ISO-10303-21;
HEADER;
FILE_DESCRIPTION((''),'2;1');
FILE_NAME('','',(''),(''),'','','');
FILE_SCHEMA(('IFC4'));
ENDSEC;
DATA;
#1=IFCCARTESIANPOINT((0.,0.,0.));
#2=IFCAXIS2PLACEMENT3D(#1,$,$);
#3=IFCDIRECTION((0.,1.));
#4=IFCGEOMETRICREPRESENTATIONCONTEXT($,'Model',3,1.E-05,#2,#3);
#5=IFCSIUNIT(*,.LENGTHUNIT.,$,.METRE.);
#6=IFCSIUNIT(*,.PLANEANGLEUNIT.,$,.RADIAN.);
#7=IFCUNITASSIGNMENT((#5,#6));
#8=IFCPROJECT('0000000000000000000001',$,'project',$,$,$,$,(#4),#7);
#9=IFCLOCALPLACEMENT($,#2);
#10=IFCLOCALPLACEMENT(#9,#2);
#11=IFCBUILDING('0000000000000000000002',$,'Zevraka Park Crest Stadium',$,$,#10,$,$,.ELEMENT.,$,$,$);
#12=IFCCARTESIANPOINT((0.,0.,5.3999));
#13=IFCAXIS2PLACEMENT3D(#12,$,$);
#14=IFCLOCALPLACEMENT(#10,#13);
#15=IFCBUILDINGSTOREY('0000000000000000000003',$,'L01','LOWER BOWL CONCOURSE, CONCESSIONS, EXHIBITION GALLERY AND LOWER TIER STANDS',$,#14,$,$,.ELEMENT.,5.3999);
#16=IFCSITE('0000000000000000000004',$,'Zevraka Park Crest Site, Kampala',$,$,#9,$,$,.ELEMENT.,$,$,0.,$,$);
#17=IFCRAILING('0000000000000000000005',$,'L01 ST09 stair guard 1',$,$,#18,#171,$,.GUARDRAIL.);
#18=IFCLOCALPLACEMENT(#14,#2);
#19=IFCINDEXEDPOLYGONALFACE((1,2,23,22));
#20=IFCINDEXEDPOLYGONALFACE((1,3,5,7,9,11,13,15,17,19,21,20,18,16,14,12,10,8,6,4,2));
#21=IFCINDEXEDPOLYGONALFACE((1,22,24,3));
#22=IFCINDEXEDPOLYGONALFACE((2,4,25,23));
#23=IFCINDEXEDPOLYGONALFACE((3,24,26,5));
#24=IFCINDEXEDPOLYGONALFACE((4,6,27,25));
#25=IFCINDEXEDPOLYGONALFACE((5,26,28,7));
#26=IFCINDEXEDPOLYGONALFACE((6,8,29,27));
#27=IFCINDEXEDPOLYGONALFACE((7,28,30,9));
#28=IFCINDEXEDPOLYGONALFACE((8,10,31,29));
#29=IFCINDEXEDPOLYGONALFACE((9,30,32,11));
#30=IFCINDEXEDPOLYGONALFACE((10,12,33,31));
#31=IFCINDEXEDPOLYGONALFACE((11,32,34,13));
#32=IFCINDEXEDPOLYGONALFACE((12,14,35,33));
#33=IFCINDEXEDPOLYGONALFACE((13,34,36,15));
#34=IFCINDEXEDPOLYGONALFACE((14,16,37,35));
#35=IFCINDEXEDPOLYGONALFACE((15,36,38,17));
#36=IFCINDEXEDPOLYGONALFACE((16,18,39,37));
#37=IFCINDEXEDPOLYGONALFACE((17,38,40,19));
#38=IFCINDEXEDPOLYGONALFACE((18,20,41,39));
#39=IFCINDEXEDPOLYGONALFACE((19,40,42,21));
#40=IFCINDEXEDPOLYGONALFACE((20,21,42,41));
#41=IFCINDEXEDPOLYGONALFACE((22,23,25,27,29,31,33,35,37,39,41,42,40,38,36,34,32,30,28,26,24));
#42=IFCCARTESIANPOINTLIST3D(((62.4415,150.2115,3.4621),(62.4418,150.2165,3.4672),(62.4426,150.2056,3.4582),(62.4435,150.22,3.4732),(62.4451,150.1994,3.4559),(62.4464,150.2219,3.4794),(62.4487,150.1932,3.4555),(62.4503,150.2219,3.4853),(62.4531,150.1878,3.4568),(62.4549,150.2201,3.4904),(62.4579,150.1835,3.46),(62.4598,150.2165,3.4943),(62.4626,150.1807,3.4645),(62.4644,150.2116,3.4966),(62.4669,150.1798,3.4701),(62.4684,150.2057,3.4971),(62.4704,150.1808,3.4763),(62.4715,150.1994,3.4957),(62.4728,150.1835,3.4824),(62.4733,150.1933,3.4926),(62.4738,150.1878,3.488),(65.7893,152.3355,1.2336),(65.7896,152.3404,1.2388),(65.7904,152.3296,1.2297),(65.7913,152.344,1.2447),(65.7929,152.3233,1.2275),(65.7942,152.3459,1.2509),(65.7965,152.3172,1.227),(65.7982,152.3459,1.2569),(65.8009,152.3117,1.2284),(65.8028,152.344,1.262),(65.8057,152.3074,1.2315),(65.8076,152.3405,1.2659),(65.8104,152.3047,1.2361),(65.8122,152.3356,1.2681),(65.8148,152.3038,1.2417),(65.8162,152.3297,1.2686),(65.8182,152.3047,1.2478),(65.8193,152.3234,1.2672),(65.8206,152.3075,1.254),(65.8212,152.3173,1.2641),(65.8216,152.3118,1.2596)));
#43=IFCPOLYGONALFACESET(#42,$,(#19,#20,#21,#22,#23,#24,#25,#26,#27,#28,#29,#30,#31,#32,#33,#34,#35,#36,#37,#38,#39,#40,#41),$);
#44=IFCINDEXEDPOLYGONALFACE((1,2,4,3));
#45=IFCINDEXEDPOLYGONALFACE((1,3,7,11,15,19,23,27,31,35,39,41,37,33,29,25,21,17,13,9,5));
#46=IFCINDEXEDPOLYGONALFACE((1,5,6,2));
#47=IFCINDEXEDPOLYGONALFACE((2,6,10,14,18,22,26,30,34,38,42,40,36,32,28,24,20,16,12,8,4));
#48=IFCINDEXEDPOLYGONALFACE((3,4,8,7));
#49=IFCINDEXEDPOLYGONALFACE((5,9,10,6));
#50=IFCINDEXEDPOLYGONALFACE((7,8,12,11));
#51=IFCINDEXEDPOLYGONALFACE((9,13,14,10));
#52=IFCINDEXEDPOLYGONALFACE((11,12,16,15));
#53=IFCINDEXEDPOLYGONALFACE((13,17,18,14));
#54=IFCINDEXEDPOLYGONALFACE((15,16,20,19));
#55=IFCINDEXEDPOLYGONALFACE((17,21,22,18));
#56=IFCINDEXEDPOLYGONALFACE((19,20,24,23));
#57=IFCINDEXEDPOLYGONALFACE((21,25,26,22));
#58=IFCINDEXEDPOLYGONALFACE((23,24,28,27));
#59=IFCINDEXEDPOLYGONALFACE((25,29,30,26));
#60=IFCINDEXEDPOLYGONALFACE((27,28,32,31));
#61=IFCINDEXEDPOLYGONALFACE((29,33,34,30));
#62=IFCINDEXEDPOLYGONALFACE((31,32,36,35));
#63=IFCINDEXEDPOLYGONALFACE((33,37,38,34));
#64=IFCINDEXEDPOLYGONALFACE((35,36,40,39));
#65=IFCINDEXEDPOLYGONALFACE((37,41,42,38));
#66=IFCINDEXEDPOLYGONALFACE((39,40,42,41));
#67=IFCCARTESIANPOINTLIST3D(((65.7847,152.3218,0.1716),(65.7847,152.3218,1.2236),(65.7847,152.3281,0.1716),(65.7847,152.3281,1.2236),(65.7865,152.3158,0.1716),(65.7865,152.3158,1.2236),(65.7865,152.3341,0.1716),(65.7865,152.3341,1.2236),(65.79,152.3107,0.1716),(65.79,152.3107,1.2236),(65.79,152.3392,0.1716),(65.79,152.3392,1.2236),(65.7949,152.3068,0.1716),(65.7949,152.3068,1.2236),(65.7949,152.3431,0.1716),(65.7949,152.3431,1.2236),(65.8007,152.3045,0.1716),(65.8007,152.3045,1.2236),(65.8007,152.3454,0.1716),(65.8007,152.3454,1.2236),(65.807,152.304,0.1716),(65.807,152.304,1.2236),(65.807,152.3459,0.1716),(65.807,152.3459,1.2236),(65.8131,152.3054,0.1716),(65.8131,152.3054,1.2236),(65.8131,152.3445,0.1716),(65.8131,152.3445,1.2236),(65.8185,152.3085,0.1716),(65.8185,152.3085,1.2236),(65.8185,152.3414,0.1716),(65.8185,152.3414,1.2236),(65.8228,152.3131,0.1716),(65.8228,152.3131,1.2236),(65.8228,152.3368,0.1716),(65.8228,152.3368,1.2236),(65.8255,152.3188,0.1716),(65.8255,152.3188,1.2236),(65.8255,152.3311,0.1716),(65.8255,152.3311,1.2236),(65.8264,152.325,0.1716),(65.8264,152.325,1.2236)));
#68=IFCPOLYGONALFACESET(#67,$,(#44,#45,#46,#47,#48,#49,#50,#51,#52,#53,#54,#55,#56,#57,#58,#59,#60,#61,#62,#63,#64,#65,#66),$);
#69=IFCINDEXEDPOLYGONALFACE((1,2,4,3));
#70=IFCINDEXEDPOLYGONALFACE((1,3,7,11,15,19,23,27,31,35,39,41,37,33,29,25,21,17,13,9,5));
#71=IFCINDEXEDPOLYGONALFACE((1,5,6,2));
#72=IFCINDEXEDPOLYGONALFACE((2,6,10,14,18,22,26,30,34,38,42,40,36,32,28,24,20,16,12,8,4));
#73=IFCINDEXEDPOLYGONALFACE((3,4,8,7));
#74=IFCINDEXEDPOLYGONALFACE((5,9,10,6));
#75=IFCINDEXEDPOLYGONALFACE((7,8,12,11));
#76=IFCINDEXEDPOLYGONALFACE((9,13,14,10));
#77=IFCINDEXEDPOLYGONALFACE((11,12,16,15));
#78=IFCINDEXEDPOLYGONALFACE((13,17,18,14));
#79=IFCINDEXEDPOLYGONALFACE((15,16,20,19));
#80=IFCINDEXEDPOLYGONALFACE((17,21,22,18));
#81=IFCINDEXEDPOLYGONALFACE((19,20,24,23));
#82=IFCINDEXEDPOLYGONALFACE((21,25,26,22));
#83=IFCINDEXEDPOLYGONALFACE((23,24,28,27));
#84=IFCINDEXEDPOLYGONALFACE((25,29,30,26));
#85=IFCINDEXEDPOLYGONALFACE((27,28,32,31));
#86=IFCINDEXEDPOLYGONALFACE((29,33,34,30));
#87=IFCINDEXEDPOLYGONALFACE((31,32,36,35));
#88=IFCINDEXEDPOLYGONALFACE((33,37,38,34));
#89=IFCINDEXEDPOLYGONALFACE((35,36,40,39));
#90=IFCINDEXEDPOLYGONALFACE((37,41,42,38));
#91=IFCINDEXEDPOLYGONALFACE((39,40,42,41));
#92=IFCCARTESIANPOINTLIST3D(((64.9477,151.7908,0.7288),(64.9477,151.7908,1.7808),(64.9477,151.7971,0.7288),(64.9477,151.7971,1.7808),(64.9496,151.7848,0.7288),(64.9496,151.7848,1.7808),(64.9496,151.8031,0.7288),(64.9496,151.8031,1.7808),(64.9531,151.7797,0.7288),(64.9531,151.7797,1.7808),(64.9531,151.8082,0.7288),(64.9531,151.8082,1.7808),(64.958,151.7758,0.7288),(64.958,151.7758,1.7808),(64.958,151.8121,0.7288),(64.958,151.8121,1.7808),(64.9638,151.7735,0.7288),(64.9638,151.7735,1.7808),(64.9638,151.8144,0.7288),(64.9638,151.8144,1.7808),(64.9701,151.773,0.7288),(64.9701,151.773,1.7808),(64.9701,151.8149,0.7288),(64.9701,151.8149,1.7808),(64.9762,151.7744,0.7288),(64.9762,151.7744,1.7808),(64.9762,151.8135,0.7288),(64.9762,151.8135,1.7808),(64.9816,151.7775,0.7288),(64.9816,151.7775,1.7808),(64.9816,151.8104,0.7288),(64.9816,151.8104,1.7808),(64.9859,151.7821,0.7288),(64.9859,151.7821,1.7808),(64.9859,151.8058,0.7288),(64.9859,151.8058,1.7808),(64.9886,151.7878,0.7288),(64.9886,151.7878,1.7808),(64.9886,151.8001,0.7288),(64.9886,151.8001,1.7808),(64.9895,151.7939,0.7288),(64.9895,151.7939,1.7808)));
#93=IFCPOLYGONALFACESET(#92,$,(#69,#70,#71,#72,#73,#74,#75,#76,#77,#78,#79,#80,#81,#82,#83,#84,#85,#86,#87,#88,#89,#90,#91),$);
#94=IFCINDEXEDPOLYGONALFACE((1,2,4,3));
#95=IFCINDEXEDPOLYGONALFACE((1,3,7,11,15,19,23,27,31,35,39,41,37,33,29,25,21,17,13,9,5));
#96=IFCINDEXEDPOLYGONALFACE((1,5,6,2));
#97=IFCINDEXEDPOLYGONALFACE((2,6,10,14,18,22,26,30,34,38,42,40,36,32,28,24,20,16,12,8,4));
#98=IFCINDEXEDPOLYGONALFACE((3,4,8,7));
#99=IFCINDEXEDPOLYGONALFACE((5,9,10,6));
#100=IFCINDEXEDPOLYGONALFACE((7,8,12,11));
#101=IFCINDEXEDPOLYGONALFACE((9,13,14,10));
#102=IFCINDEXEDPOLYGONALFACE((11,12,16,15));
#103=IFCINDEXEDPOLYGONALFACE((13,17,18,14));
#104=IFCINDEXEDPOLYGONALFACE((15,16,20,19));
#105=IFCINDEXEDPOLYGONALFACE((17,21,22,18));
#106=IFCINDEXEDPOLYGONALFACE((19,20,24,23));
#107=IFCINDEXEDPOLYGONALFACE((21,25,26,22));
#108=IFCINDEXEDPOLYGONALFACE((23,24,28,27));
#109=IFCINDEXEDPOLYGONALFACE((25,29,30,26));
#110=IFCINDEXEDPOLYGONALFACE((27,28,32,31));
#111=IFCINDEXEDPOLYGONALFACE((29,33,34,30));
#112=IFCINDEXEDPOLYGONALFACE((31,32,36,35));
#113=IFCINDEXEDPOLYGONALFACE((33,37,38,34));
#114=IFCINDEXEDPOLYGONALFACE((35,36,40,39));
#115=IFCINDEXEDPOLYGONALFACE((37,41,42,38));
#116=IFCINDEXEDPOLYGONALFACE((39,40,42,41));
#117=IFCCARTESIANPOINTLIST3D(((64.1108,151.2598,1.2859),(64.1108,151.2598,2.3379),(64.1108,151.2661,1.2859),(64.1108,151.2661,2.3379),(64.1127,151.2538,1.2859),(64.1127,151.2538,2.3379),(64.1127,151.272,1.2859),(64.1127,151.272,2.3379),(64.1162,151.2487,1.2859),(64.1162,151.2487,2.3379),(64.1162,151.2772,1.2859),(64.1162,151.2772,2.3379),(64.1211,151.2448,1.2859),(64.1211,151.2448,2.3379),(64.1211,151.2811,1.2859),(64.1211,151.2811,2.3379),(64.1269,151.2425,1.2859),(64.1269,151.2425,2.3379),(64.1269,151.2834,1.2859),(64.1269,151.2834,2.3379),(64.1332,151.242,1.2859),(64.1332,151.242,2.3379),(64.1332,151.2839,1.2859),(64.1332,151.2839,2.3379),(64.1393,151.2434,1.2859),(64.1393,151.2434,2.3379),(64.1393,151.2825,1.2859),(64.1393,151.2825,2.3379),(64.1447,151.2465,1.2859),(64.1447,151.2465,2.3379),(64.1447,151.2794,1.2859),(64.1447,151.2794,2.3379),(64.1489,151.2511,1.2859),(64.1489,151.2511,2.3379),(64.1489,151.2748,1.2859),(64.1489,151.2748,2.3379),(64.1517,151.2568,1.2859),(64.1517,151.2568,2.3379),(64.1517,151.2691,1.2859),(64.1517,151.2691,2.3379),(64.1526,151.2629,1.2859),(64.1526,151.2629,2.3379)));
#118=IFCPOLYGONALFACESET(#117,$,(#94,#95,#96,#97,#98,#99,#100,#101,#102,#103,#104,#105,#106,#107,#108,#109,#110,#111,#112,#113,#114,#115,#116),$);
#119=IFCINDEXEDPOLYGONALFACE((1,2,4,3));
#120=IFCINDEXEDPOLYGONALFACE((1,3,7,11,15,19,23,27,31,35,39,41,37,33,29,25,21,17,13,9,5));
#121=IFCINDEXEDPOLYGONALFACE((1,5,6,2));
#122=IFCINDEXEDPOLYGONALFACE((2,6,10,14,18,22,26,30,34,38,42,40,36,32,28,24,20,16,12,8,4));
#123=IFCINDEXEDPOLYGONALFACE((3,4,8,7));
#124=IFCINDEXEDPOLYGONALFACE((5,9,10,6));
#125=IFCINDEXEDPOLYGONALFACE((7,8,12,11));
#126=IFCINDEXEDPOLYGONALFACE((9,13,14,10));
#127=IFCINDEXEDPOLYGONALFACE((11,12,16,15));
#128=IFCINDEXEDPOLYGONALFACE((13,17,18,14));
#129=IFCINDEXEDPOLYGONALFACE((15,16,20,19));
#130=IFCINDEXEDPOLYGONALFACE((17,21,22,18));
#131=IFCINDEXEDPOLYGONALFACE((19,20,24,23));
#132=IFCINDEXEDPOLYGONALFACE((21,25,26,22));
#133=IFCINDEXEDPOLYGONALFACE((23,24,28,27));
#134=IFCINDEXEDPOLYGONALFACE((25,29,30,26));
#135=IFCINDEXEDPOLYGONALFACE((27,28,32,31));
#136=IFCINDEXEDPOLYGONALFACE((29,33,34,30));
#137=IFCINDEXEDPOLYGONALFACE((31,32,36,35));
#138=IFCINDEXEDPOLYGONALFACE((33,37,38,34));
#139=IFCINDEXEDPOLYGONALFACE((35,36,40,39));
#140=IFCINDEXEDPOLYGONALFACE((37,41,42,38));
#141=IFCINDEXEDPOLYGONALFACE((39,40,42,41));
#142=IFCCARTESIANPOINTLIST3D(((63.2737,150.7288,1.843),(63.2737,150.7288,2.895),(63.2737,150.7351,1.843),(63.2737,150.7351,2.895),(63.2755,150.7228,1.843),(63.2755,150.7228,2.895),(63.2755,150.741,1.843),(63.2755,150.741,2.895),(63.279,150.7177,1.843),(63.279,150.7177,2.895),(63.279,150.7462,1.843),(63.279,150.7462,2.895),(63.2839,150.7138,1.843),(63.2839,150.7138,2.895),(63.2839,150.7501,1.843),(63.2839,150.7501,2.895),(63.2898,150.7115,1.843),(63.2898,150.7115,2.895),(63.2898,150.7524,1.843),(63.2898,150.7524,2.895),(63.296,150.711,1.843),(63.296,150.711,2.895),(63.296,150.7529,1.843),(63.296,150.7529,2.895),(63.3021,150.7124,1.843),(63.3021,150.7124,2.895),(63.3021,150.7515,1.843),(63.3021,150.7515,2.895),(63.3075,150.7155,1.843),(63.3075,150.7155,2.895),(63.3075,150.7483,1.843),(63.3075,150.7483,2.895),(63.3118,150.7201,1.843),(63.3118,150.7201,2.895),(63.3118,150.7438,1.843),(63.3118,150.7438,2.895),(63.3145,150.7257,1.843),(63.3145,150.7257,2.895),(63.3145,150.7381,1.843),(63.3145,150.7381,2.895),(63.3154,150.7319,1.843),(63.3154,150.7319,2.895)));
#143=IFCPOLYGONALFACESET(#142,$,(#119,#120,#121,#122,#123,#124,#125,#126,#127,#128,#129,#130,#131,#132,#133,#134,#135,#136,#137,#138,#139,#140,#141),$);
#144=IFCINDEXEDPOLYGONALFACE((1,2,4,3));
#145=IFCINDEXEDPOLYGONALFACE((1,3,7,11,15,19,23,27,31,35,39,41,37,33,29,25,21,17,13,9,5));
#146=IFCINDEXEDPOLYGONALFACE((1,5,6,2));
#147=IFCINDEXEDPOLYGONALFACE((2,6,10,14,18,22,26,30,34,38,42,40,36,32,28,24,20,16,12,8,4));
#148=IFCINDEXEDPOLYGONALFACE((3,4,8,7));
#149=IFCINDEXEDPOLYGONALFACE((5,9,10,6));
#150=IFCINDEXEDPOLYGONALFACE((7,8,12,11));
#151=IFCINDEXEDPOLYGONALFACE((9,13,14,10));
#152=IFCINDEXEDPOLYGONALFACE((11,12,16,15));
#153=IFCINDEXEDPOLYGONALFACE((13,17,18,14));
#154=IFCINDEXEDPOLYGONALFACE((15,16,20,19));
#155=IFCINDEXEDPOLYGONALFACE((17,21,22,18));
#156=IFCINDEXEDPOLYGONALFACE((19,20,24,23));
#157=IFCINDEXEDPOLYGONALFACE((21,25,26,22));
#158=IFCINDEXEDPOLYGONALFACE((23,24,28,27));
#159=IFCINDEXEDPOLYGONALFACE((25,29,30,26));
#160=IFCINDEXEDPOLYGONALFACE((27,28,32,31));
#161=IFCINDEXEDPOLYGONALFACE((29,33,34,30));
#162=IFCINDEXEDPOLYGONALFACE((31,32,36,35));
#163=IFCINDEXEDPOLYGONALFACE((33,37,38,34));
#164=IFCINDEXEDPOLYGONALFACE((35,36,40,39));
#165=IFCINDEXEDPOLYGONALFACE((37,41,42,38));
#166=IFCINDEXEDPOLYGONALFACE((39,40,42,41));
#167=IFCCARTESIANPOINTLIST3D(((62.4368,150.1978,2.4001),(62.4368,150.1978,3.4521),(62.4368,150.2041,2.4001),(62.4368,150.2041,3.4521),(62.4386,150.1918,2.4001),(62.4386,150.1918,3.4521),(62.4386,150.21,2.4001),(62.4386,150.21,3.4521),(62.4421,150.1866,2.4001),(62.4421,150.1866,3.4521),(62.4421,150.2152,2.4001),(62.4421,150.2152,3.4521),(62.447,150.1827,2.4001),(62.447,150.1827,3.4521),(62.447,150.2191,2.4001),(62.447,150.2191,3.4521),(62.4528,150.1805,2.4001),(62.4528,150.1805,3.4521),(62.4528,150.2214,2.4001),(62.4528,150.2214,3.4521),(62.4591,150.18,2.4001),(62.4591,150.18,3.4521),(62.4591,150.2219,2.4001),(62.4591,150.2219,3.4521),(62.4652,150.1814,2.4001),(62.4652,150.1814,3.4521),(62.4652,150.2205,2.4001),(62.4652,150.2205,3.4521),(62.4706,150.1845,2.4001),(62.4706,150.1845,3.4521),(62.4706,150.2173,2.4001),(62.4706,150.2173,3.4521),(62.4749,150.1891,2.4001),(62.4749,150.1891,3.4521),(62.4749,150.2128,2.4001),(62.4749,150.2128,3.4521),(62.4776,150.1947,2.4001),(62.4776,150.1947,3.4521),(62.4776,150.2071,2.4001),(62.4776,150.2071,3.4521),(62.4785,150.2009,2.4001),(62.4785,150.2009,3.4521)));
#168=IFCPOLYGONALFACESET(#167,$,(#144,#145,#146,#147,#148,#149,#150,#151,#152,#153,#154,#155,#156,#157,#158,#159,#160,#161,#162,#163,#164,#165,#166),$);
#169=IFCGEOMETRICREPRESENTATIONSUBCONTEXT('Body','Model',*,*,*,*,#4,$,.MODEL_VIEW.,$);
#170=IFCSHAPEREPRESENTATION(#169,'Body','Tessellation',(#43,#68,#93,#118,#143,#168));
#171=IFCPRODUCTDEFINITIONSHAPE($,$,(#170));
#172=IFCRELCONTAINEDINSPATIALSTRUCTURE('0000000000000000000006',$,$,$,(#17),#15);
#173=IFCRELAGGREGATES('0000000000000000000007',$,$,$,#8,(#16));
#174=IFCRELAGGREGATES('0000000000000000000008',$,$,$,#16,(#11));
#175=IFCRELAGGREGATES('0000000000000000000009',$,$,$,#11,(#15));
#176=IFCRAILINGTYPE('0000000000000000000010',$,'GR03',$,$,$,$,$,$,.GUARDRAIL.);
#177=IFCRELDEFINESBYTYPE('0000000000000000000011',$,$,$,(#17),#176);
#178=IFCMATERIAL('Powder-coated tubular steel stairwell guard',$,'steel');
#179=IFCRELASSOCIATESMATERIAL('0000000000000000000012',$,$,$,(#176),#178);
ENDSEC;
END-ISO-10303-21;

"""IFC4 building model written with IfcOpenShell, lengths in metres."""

from ifc_helpers import new_model, si_unit, direction, frame, origin, origin_2d, place, context, subcontext, project, spatial, circle, extrude, material, type_object, element, save


model = new_model("IFC4")

# Units and contexts
model_context = context("Model", 3, precision=1e-05, world=origin(), true_north=direction((0.0, 1.0)))
body_context = subcontext(model_context, "Body", "Model", "MODEL_VIEW")
ifc_project = project(units=[si_unit("LENGTHUNIT", "METRE"), si_unit("PLANEANGLEUNIT", "RADIAN")], contexts=[model_context])

# Site, building, storey
site_placement = place(None, origin())
site = spatial("IfcSite", under=ifc_project, at=site_placement, Name="Zevraka Park Crest Site, Kampala", CompositionType="ELEMENT", RefElevation=0.0)
building_placement = place(site_placement, origin())
building = spatial("IfcBuilding", under=site, at=building_placement, Name="Zevraka Park Crest Stadium", CompositionType="ELEMENT")
storey_placement = place(building_placement, frame((0.0, 0.0, 5.3999)))
storey = spatial("IfcBuildingStorey", under=building, at=storey_placement, Name="L01", Description="LOWER BOWL CONCOURSE, CONCESSIONS, EXHIBITION GALLERY AND LOWER TIER STANDS", CompositionType="ELEMENT", Elevation=5.3999)

# Railing
ifc_material_1 = material(Name="Powder-coated tubular steel stairwell guard", Category="steel")
railing_type_1 = type_object("IfcRailingType", Name="GR03", PredefinedType="GUARDRAIL", material=ifc_material_1)
railing_1_placement = place(storey_placement, frame((65.8054, 152.325, 0.1716)))
element("IfcRailing", 1, at=railing_1_placement, inside=storey, type_object=railing_type_1, Name="L01 ST09 stair guard 1", PredefinedType="GUARDRAIL", context=body_context, shape_type="SweptSolid", body=[
    extrude(circle(Radius=0.0239, at=origin_2d()), frame((0.0, 0.0, 1.0762), z_axis=(-0.736092, -0.467002, 0.489977), x_axis=(0.535716, -0.844399, 0.0)), (0.0, 0.0, 1.0), 4.5481),
    extrude(circle(Radius=0.021, at=origin_2d()), origin(), (0.0, 0.0, 1.0), 1.052),
    extrude(circle(Radius=0.021, at=origin_2d()), frame((-0.8369, -0.531, 0.5571)), (0.0, 0.0, 1.0), 1.052),
    extrude(circle(Radius=0.021, at=origin_2d()), frame((-1.6738, -1.062, 1.1143)), (0.0, 0.0, 1.0), 1.052),
    extrude(circle(Radius=0.021, at=origin_2d()), frame((-2.511, -1.593, 1.6714)), (0.0, 0.0, 1.0), 1.052),
    extrude(circle(Radius=0.021, at=origin_2d()), frame((-3.3479, -2.124, 2.2285)), (0.0, 0.0, 1.0), 1.052),
])

save(model, "model.ifc")
